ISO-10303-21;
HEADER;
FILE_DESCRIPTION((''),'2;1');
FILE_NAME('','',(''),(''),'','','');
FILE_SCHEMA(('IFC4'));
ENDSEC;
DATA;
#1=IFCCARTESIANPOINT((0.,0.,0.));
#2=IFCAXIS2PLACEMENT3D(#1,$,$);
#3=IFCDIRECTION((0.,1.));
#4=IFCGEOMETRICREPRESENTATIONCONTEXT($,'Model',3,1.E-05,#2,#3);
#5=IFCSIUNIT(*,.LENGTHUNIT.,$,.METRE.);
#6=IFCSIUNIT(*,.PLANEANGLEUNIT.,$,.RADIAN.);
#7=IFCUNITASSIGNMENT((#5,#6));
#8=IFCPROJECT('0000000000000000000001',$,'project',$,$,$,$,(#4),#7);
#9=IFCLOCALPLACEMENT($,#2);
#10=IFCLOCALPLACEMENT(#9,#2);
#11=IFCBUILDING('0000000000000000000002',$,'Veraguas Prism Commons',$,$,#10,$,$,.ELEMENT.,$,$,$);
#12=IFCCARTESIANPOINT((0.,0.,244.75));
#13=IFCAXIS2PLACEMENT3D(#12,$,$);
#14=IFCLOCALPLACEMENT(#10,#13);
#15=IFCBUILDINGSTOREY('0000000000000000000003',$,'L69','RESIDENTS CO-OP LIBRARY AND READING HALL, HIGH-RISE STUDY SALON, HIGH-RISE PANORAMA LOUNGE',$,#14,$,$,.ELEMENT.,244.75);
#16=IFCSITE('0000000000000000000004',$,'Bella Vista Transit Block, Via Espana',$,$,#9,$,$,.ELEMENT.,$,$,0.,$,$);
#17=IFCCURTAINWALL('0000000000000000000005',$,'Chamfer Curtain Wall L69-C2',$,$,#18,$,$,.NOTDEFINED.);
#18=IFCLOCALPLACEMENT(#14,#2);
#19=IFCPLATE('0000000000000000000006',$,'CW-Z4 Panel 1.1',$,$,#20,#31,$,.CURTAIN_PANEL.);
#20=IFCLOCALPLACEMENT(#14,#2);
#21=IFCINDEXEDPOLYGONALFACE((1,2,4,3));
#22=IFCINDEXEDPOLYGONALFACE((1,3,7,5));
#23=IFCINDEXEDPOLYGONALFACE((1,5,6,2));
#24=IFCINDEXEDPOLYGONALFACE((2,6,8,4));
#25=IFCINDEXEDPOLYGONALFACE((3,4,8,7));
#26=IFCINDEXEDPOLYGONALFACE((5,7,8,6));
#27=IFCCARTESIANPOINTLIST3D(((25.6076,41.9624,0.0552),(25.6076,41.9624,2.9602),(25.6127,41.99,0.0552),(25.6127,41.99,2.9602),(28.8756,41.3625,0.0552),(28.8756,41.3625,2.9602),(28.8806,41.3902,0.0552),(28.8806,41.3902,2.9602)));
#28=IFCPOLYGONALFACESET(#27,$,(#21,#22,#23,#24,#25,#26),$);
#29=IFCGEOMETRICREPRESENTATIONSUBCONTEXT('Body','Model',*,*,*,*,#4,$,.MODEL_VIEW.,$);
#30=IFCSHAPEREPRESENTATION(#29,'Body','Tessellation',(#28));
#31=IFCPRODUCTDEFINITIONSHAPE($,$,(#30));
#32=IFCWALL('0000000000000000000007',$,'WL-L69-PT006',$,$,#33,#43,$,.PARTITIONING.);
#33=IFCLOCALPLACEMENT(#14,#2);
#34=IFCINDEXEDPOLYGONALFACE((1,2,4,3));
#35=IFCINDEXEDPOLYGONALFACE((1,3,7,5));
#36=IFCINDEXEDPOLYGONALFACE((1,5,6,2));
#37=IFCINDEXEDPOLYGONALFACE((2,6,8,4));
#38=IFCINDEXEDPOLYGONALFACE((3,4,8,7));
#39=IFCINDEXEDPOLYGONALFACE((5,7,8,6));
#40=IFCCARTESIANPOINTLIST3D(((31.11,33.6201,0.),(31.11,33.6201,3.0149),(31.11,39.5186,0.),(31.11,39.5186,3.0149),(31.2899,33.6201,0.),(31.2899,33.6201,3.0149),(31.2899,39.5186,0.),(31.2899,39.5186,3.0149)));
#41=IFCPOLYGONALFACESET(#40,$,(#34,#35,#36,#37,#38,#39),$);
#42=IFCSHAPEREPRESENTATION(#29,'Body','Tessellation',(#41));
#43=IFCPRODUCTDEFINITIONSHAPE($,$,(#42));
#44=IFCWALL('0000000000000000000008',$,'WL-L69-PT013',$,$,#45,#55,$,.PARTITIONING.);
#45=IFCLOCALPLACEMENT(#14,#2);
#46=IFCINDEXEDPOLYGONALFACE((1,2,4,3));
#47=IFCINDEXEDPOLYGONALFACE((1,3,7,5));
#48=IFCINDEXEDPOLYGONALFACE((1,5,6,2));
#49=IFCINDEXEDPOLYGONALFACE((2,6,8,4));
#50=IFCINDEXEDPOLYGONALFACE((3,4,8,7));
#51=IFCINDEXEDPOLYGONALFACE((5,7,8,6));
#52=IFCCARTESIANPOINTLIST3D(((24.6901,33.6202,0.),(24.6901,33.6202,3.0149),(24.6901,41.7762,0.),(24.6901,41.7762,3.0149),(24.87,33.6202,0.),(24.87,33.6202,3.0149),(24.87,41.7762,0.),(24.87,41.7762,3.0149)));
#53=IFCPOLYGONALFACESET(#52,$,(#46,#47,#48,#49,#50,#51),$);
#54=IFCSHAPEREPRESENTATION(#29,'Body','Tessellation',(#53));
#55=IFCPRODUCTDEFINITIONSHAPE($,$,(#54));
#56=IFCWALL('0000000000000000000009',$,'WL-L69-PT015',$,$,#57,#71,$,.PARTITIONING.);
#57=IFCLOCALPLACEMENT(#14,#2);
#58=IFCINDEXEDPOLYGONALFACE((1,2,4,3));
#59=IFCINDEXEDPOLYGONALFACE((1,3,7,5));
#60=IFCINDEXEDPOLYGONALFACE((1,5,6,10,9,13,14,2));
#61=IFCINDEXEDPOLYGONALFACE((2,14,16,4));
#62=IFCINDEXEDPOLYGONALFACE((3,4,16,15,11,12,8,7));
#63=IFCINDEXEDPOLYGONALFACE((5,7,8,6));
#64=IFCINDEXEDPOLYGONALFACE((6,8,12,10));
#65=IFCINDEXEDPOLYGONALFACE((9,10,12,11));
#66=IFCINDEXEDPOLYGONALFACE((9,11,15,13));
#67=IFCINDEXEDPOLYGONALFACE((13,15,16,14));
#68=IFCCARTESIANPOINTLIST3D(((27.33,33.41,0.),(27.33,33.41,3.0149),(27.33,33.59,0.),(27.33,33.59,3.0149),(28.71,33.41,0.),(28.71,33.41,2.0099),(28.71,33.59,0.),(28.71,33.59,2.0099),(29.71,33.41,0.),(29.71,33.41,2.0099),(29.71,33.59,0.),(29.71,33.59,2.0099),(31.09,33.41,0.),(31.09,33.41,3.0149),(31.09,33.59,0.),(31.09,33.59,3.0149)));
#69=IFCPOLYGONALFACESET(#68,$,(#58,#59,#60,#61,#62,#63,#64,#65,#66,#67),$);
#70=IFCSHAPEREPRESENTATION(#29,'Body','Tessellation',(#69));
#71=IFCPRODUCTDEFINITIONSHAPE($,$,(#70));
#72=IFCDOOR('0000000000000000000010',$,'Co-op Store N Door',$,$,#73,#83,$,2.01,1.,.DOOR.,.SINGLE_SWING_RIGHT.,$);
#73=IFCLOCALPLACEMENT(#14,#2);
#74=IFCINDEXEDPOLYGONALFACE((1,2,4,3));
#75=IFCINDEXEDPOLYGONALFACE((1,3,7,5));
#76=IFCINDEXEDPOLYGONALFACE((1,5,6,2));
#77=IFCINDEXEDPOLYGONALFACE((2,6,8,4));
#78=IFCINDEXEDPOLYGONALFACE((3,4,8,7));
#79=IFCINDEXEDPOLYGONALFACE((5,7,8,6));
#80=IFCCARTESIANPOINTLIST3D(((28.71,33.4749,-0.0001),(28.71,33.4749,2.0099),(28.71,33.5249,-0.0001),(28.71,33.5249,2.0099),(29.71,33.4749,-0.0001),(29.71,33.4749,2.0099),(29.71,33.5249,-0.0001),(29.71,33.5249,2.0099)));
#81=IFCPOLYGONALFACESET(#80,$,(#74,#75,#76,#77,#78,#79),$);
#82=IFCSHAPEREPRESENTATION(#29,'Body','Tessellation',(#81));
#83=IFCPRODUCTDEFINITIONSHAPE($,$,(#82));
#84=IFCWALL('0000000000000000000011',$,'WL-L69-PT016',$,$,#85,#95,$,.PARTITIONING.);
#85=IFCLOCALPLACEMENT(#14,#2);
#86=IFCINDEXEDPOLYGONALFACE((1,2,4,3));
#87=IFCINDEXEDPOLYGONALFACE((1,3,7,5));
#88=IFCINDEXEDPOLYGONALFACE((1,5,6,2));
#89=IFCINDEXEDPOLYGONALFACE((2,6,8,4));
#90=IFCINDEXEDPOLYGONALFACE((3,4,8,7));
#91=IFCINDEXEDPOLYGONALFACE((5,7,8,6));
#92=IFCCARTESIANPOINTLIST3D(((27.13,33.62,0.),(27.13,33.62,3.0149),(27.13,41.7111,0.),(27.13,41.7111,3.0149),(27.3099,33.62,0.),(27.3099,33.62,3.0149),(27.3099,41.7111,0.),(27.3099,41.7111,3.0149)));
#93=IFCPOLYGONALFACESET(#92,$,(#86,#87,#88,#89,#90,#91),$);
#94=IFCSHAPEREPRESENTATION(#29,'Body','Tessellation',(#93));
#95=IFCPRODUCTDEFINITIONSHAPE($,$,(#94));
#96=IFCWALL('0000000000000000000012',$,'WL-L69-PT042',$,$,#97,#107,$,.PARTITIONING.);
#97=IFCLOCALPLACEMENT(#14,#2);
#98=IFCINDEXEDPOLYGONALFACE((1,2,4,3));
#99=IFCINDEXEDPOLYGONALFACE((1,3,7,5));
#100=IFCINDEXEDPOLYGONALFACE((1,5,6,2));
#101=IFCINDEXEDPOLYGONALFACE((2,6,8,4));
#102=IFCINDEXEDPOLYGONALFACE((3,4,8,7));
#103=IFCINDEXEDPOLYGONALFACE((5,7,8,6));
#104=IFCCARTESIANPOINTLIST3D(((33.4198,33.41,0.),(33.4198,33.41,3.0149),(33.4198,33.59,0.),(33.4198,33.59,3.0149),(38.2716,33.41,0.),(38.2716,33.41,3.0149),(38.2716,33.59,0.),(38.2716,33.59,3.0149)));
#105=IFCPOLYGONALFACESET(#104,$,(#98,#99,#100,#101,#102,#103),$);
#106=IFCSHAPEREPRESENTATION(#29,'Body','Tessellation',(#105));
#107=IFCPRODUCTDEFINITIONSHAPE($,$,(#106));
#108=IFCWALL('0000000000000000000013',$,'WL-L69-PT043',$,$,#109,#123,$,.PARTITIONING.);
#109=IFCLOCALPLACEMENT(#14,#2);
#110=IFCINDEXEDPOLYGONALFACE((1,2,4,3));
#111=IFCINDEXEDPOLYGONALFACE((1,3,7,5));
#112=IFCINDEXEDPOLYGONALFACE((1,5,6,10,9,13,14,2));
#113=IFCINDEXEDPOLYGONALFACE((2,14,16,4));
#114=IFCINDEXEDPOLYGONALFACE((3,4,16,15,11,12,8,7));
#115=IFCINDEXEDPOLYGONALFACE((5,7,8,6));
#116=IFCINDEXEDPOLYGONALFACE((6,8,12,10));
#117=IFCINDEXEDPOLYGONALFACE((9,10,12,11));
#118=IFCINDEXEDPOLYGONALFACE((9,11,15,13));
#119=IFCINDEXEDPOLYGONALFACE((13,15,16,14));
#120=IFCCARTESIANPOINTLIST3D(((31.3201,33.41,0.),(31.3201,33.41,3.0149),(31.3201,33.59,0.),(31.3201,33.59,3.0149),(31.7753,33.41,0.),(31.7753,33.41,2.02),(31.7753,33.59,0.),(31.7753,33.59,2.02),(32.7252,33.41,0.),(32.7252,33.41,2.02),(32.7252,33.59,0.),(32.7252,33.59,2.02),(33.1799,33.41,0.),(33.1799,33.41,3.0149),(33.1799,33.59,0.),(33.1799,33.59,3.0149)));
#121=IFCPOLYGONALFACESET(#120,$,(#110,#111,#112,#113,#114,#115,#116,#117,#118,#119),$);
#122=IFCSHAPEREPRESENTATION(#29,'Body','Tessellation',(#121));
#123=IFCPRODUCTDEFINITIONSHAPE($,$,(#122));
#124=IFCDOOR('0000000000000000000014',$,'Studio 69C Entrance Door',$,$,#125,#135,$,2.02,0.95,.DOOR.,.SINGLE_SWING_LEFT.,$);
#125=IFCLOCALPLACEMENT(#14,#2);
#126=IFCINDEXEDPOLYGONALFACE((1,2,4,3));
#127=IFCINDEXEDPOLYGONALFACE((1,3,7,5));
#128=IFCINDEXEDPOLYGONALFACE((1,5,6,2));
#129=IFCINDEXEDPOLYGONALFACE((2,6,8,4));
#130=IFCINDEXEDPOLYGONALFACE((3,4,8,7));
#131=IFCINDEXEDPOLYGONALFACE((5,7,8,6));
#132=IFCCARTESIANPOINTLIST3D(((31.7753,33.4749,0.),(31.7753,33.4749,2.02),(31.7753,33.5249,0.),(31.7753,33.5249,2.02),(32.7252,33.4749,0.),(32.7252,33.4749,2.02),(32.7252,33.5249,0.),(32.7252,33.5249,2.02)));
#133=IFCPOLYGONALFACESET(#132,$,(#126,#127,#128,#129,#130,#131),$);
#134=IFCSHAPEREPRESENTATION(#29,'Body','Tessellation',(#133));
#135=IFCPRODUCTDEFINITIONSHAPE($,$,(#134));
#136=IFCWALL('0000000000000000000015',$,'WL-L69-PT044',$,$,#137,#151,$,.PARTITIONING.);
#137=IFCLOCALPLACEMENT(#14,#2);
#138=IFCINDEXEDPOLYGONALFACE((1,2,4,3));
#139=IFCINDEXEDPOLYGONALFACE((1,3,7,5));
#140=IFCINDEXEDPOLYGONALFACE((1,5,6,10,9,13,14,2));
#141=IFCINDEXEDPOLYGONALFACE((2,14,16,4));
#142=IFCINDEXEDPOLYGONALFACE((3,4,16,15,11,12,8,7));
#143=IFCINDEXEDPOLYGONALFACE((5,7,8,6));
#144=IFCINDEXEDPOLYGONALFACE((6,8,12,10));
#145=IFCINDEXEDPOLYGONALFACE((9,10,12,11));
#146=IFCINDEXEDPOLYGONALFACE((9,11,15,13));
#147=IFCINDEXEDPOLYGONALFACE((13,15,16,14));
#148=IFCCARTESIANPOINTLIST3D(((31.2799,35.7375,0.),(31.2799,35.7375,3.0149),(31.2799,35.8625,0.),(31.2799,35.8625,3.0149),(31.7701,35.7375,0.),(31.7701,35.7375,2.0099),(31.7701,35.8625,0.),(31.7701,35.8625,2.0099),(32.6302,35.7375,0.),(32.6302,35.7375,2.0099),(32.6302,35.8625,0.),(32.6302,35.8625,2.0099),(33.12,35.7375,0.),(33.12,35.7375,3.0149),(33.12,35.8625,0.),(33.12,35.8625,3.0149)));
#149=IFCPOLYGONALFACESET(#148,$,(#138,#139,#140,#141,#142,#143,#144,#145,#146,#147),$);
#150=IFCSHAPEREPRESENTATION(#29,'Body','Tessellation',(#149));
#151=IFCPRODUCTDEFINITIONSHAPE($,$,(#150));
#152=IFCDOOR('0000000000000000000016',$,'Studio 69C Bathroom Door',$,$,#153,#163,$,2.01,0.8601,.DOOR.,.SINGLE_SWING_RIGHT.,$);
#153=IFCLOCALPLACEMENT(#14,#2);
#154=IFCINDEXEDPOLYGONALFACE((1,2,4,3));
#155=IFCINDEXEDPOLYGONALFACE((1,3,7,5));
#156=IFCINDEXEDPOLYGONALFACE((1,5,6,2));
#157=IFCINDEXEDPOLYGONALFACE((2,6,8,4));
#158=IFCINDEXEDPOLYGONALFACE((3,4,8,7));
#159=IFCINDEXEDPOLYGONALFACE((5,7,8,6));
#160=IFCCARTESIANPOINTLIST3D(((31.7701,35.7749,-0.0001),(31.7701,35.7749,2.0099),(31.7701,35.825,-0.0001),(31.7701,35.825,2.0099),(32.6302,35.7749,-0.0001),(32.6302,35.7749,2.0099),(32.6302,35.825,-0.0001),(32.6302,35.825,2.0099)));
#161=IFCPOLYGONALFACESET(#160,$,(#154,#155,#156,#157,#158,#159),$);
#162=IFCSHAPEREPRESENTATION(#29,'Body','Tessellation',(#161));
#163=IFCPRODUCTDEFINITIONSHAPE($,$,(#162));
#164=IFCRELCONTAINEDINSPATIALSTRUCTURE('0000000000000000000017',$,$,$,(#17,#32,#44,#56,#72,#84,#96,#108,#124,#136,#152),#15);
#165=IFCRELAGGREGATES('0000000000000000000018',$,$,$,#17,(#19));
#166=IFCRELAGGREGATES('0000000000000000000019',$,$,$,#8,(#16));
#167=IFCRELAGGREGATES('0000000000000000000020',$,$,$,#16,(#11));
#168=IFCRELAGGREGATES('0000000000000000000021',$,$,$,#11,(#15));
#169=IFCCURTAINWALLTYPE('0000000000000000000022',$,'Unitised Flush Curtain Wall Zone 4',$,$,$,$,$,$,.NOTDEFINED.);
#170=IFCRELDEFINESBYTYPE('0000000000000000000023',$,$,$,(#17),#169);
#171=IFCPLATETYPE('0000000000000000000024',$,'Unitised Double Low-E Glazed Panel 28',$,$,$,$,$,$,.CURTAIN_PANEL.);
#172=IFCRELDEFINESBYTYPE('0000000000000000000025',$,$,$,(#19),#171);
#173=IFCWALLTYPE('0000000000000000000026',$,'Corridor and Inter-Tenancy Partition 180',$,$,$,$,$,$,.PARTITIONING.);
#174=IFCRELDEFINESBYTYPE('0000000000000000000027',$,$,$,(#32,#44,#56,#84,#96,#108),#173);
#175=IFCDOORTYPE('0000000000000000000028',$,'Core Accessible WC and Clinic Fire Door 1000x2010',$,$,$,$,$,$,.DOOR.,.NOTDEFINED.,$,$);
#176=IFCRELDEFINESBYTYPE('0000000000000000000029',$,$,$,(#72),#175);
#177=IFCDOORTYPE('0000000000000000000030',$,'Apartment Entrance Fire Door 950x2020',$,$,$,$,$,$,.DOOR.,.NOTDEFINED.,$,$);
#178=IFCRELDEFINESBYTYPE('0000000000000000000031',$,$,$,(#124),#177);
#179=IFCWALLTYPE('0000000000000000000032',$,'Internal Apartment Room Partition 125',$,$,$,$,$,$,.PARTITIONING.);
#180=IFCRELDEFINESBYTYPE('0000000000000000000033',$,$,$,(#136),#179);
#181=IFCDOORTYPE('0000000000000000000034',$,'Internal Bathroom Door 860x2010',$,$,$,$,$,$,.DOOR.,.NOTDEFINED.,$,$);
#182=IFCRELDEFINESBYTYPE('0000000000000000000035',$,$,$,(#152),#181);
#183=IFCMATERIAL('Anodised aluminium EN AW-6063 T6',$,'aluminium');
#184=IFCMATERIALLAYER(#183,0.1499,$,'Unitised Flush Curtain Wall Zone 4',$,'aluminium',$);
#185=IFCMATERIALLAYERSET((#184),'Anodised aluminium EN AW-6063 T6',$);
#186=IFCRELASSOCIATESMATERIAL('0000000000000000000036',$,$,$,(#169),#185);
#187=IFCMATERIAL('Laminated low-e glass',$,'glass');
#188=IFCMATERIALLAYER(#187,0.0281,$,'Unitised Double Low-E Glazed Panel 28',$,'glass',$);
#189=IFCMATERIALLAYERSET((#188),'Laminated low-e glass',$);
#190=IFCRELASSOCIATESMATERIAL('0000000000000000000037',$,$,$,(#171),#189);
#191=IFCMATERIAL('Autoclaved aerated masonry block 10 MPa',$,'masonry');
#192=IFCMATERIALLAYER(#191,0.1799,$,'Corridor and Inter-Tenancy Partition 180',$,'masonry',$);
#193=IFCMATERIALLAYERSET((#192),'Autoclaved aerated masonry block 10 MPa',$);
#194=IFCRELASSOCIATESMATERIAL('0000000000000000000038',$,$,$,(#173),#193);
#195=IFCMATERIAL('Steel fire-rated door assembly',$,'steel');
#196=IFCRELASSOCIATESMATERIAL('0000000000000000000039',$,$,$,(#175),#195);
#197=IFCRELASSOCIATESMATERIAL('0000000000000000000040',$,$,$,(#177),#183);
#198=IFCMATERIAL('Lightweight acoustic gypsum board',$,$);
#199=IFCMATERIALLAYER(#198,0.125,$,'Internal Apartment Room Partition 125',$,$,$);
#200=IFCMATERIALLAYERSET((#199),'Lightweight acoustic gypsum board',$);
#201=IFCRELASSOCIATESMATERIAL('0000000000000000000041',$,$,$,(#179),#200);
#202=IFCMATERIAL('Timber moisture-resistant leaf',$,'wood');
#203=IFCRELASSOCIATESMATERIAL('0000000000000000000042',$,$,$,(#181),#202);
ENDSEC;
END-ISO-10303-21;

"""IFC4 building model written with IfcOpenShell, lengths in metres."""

from ifc_helpers import new_model, si_unit, direction, frame, frame_2d, origin, origin_2d, place, context, subcontext, project, spatial, rectangle, extrude, source, transform, mapped, material, layer, layer_set, type_object, element, fill, aggregate, save


model = new_model("IFC4")

# Units and contexts
model_context = context("Model", 3, precision=1e-05, world=origin(), true_north=direction((0.0, 1.0)))
body_context = subcontext(model_context, "Body", "Model", "MODEL_VIEW")
ifc_project = project(units=[si_unit("LENGTHUNIT", "METRE"), si_unit("PLANEANGLEUNIT", "RADIAN")], contexts=[model_context])

# Site, building, storey
site_placement = place(None, origin())
site = spatial("IfcSite", under=ifc_project, at=site_placement, Name="Bella Vista Transit Block, Via Espana", CompositionType="ELEMENT", RefElevation=0.0)
building_placement = place(site_placement, origin())
building = spatial("IfcBuilding", under=site, at=building_placement, Name="Veraguas Prism Commons", CompositionType="ELEMENT")
storey_placement = place(building_placement, frame((0.0, 0.0, 244.75)))
storey = spatial("IfcBuildingStorey", under=building, at=storey_placement, Name="L69", Description="RESIDENTS CO-OP LIBRARY AND READING HALL, HIGH-RISE STUDY SALON, HIGH-RISE PANORAMA LOUNGE", CompositionType="ELEMENT", Elevation=244.75)

# Shared definitions
ifc_material_1 = material(Name="Anodised aluminium EN AW-6063 T6", Category="aluminium")
ifc_layer_1 = layer(ifc_material_1, 0.1499, Name="Unitised Flush Curtain Wall Zone 4", Category="aluminium")
ifc_layer_set_1 = layer_set([ifc_layer_1], Name="Anodised aluminium EN AW-6063 T6")
curtain_wall_type = type_object("IfcCurtainWallType", Name="Unitised Flush Curtain Wall Zone 4", PredefinedType="NOTDEFINED", material=ifc_layer_set_1)

# Curtain wall
curtain_wall_1_placement = place(storey_placement, origin())
curtain_wall_1 = element("IfcCurtainWall", 1, at=curtain_wall_1_placement, inside=storey, type_object=curtain_wall_type, Name="Chamfer Curtain Wall L69-C2", PredefinedType="NOTDEFINED")

# Plate
ifc_material_2 = material(Name="Laminated low-e glass", Category="glass")
ifc_layer_2 = layer(ifc_material_2, 0.0281, Name="Unitised Double Low-E Glazed Panel 28", Category="glass")
ifc_layer_set_2 = layer_set([ifc_layer_2], Name="Laminated low-e glass")
plate_type = type_object("IfcPlateType", Name="Unitised Double Low-E Glazed Panel 28", PredefinedType="CURTAIN_PANEL", material=ifc_layer_set_2)
shared_shape_1 = source(origin(), body_context, "Body", "SweptSolid", [
    extrude(rectangle(XDim=3.3225, YDim=0.0281, at=origin_2d()), origin(), (0.0, 0.0, 1.0), 2.905),
])
plate_1_placement = place(storey_placement, frame((27.2441, 41.6763, 0.0552), z_axis=(0.0, 0.0, 1.0), x_axis=(-0.983569, 0.180535, 0.0)))
plate_1 = element("IfcPlate", 2, at=plate_1_placement, type_object=plate_type, Name="CW-Z4 Panel 1.1", PredefinedType="CURTAIN_PANEL", context=body_context, shape_type="MappedRepresentation", body=[
    mapped(shared_shape_1, transform((0.0, 0.0, 0.0), scale=1.0)),
])
aggregate(curtain_wall_1, [plate_1])

# Walls
ifc_material_3 = material(Name="Autoclaved aerated masonry block 10 MPa", Category="masonry")
ifc_layer_3 = layer(ifc_material_3, 0.1799, Name="Corridor and Inter-Tenancy Partition 180", Category="masonry")
ifc_layer_set_3 = layer_set([ifc_layer_3], Name="Autoclaved aerated masonry block 10 MPa")
wall_type_1 = type_object("IfcWallType", Name="Corridor and Inter-Tenancy Partition 180", PredefinedType="PARTITIONING", material=ifc_layer_set_3)
wall_1_placement = place(storey_placement, frame((31.2, 33.6201, 0.0), z_axis=(0.0, 0.0, 1.0), x_axis=(0.0, 1.0, 0.0)))
element("IfcWall", 3, at=wall_1_placement, inside=storey, type_object=wall_type_1, Name="WL-L69-PT006", PredefinedType="PARTITIONING", context=body_context, shape_type="SweptSolid", body=[
    extrude(rectangle(XDim=5.8984, YDim=0.1799, at=frame_2d((2.9492, 0.0))), origin(), (0.0, 0.0, 1.0), 3.0149),
])
wall_2_placement = place(storey_placement, frame((24.78, 33.6201, 0.0), z_axis=(0.0, 0.0, 1.0), x_axis=(0.0, 1.0, 0.0)))
element("IfcWall", 4, at=wall_2_placement, inside=storey, type_object=wall_type_1, Name="WL-L69-PT013", PredefinedType="PARTITIONING", context=body_context, shape_type="SweptSolid", body=[
    extrude(rectangle(XDim=8.156, YDim=0.1799, at=frame_2d((4.0781, 0.0))), origin(), (0.0, 0.0, 1.0), 3.0149),
])

# Wall, opening, door
wall_3_placement = place(storey_placement, frame((27.3301, 33.5, 0.0), z_axis=(0.0, 0.0, 1.0), x_axis=(1.0, 0.0, 0.0)))
wall_3 = element("IfcWall", 5, at=wall_3_placement, inside=storey, type_object=wall_type_1, Name="WL-L69-PT015", PredefinedType="PARTITIONING", context=body_context, shape_type="SweptSolid", body=[
    extrude(rectangle(XDim=3.76, YDim=0.1799, at=frame_2d((1.8799, 0.0))), origin(), (0.0, 0.0, 1.0), 3.0149),
])
opening_1_placement = place(wall_3_placement, frame((1.3799, 0.0, 0.0)))
opening_1 = element("IfcOpeningElement", 6, at=opening_1_placement, cuts=wall_3, PredefinedType="OPENING", context=body_context, shape_type="SweptSolid", body=[
    extrude(rectangle(XDim=1.0, YDim=2.01, at=frame_2d((0.5, 1.0049))), frame((0.0, 0.0999, 0.0), z_axis=(0.0, -1.0, 0.0), x_axis=(1.0, 0.0, 0.0)), (0.0, 0.0, 1.0), 0.2),
])
ifc_material_4 = material(Name="Steel fire-rated door assembly", Category="steel")
door_type_1 = type_object("IfcDoorType", Name="Core Accessible WC and Clinic Fire Door 1000x2010", OperationType="NOTDEFINED", PredefinedType="DOOR", material=ifc_material_4)
shared_shape_2 = source(origin(), body_context, "Body", "SweptSolid", [
    extrude(rectangle(XDim=1.0, YDim=2.01, at=frame_2d((0.5, 1.0049))), frame((0.0, 0.0249, 0.0), z_axis=(0.0, -1.0, 0.0), x_axis=(1.0, 0.0, 0.0)), (0.0, 0.0, 1.0), 0.05),
])
door_1_placement = place(opening_1_placement, origin())
door_1 = element("IfcDoor", 7, at=door_1_placement, inside=storey, type_object=door_type_1, Name="Co-op Store N Door", OperationType="SINGLE_SWING_RIGHT", OverallHeight=2.01, OverallWidth=1.0, PredefinedType="DOOR", context=body_context, shape_type="MappedRepresentation", body=[
    mapped(shared_shape_2, transform((0.0, 0.0, 0.0), scale=1.0)),
])
fill(opening_1, door_1)

# Walls
wall_4_placement = place(storey_placement, frame((27.22, 33.6201, 0.0), z_axis=(0.0, 0.0, 1.0), x_axis=(0.0, 1.0, 0.0)))
element("IfcWall", 8, at=wall_4_placement, inside=storey, type_object=wall_type_1, Name="WL-L69-PT016", PredefinedType="PARTITIONING", context=body_context, shape_type="SweptSolid", body=[
    extrude(rectangle(XDim=8.0911, YDim=0.1799, at=frame_2d((4.0454, 0.0))), origin(), (0.0, 0.0, 1.0), 3.0149),
])
wall_5_placement = place(storey_placement, frame((33.4199, 33.5, 0.0), z_axis=(0.0, 0.0, 1.0), x_axis=(1.0, 0.0, 0.0)))
element("IfcWall", 9, at=wall_5_placement, inside=storey, type_object=wall_type_1, Name="WL-L69-PT042", PredefinedType="PARTITIONING", context=body_context, shape_type="SweptSolid", body=[
    extrude(rectangle(XDim=4.8518, YDim=0.1799, at=frame_2d((2.4258, 0.0))), origin(), (0.0, 0.0, 1.0), 3.0149),
])

# Walls, openings, doors
wall_6_placement = place(storey_placement, frame((31.3201, 33.5, 0.0), z_axis=(0.0, 0.0, 1.0), x_axis=(1.0, 0.0, 0.0)))
wall_6 = element("IfcWall", 10, at=wall_6_placement, inside=storey, type_object=wall_type_1, Name="WL-L69-PT043", PredefinedType="PARTITIONING", context=body_context, shape_type="SweptSolid", body=[
    extrude(rectangle(XDim=1.8599, YDim=0.1799, at=frame_2d((0.9299, 0.0))), origin(), (0.0, 0.0, 1.0), 3.0149),
])
opening_2_placement = place(wall_6_placement, frame((0.4551, 0.0, 0.0)))
opening_2 = element("IfcOpeningElement", 11, at=opening_2_placement, cuts=wall_6, PredefinedType="OPENING", context=body_context, shape_type="SweptSolid", body=[
    extrude(rectangle(XDim=0.95, YDim=2.02, at=frame_2d((0.4751, 1.01))), frame((0.0, 0.0999, 0.0), z_axis=(0.0, -1.0, 0.0), x_axis=(1.0, 0.0, 0.0)), (0.0, 0.0, 1.0), 0.2),
])
door_type_2 = type_object("IfcDoorType", Name="Apartment Entrance Fire Door 950x2020", OperationType="NOTDEFINED", PredefinedType="DOOR", material=ifc_material_1)
shared_shape_3 = source(origin(), body_context, "Body", "SweptSolid", [
    extrude(rectangle(XDim=0.95, YDim=2.02, at=frame_2d((0.4751, 1.01))), frame((0.0, 0.0249, 0.0), z_axis=(0.0, -1.0, 0.0), x_axis=(1.0, 0.0, 0.0)), (0.0, 0.0, 1.0), 0.05),
])
door_2_placement = place(opening_2_placement, origin())
door_2 = element("IfcDoor", 12, at=door_2_placement, inside=storey, type_object=door_type_2, Name="Studio 69C Entrance Door", OperationType="SINGLE_SWING_LEFT", OverallHeight=2.02, OverallWidth=0.95, PredefinedType="DOOR", context=body_context, shape_type="MappedRepresentation", body=[
    mapped(shared_shape_3, transform((0.0, 0.0, 0.0), scale=1.0)),
])
fill(opening_2, door_2)
ifc_material_5 = material(Name="Lightweight acoustic gypsum board")
ifc_layer_4 = layer(ifc_material_5, 0.125, Name="Internal Apartment Room Partition 125")
ifc_layer_set_4 = layer_set([ifc_layer_4], Name="Lightweight acoustic gypsum board")
wall_type_2 = type_object("IfcWallType", Name="Internal Apartment Room Partition 125", PredefinedType="PARTITIONING", material=ifc_layer_set_4)
wall_7_placement = place(storey_placement, frame((31.28, 35.8, 0.0), z_axis=(0.0, 0.0, 1.0), x_axis=(1.0, 0.0, 0.0)))
wall_7 = element("IfcWall", 13, at=wall_7_placement, inside=storey, type_object=wall_type_2, Name="WL-L69-PT044", PredefinedType="PARTITIONING", context=body_context, shape_type="SweptSolid", body=[
    extrude(rectangle(XDim=1.8401, YDim=0.125, at=frame_2d((0.9199, 0.0))), origin(), (0.0, 0.0, 1.0), 3.0149),
])
opening_3_placement = place(wall_7_placement, frame((0.49, 0.0, 0.0)))
opening_3 = element("IfcOpeningElement", 14, at=opening_3_placement, cuts=wall_7, PredefinedType="OPENING", context=body_context, shape_type="SweptSolid", body=[
    extrude(rectangle(XDim=0.8601, YDim=2.01, at=frame_2d((0.4302, 1.0049))), frame((0.0, 0.0725, 0.0), z_axis=(0.0, -1.0, 0.0), x_axis=(1.0, 0.0, 0.0)), (0.0, 0.0, 1.0), 0.145),
])
ifc_material_6 = material(Name="Timber moisture-resistant leaf", Category="wood")
door_type_3 = type_object("IfcDoorType", Name="Internal Bathroom Door 860x2010", OperationType="NOTDEFINED", PredefinedType="DOOR", material=ifc_material_6)
shared_shape_4 = source(origin(), body_context, "Body", "SweptSolid", [
    extrude(rectangle(XDim=0.8601, YDim=2.01, at=frame_2d((0.4302, 1.0049))), frame((0.0, 0.0249, 0.0), z_axis=(0.0, -1.0, 0.0), x_axis=(1.0, 0.0, 0.0)), (0.0, 0.0, 1.0), 0.05),
])
door_3_placement = place(opening_3_placement, origin())
door_3 = element("IfcDoor", 15, at=door_3_placement, inside=storey, type_object=door_type_3, Name="Studio 69C Bathroom Door", OperationType="SINGLE_SWING_RIGHT", OverallHeight=2.01, OverallWidth=0.8601, PredefinedType="DOOR", context=body_context, shape_type="MappedRepresentation", body=[
    mapped(shared_shape_4, transform((0.0, 0.0, 0.0), scale=1.0)),
])
fill(opening_3, door_3)

save(model, "model.ifc")
